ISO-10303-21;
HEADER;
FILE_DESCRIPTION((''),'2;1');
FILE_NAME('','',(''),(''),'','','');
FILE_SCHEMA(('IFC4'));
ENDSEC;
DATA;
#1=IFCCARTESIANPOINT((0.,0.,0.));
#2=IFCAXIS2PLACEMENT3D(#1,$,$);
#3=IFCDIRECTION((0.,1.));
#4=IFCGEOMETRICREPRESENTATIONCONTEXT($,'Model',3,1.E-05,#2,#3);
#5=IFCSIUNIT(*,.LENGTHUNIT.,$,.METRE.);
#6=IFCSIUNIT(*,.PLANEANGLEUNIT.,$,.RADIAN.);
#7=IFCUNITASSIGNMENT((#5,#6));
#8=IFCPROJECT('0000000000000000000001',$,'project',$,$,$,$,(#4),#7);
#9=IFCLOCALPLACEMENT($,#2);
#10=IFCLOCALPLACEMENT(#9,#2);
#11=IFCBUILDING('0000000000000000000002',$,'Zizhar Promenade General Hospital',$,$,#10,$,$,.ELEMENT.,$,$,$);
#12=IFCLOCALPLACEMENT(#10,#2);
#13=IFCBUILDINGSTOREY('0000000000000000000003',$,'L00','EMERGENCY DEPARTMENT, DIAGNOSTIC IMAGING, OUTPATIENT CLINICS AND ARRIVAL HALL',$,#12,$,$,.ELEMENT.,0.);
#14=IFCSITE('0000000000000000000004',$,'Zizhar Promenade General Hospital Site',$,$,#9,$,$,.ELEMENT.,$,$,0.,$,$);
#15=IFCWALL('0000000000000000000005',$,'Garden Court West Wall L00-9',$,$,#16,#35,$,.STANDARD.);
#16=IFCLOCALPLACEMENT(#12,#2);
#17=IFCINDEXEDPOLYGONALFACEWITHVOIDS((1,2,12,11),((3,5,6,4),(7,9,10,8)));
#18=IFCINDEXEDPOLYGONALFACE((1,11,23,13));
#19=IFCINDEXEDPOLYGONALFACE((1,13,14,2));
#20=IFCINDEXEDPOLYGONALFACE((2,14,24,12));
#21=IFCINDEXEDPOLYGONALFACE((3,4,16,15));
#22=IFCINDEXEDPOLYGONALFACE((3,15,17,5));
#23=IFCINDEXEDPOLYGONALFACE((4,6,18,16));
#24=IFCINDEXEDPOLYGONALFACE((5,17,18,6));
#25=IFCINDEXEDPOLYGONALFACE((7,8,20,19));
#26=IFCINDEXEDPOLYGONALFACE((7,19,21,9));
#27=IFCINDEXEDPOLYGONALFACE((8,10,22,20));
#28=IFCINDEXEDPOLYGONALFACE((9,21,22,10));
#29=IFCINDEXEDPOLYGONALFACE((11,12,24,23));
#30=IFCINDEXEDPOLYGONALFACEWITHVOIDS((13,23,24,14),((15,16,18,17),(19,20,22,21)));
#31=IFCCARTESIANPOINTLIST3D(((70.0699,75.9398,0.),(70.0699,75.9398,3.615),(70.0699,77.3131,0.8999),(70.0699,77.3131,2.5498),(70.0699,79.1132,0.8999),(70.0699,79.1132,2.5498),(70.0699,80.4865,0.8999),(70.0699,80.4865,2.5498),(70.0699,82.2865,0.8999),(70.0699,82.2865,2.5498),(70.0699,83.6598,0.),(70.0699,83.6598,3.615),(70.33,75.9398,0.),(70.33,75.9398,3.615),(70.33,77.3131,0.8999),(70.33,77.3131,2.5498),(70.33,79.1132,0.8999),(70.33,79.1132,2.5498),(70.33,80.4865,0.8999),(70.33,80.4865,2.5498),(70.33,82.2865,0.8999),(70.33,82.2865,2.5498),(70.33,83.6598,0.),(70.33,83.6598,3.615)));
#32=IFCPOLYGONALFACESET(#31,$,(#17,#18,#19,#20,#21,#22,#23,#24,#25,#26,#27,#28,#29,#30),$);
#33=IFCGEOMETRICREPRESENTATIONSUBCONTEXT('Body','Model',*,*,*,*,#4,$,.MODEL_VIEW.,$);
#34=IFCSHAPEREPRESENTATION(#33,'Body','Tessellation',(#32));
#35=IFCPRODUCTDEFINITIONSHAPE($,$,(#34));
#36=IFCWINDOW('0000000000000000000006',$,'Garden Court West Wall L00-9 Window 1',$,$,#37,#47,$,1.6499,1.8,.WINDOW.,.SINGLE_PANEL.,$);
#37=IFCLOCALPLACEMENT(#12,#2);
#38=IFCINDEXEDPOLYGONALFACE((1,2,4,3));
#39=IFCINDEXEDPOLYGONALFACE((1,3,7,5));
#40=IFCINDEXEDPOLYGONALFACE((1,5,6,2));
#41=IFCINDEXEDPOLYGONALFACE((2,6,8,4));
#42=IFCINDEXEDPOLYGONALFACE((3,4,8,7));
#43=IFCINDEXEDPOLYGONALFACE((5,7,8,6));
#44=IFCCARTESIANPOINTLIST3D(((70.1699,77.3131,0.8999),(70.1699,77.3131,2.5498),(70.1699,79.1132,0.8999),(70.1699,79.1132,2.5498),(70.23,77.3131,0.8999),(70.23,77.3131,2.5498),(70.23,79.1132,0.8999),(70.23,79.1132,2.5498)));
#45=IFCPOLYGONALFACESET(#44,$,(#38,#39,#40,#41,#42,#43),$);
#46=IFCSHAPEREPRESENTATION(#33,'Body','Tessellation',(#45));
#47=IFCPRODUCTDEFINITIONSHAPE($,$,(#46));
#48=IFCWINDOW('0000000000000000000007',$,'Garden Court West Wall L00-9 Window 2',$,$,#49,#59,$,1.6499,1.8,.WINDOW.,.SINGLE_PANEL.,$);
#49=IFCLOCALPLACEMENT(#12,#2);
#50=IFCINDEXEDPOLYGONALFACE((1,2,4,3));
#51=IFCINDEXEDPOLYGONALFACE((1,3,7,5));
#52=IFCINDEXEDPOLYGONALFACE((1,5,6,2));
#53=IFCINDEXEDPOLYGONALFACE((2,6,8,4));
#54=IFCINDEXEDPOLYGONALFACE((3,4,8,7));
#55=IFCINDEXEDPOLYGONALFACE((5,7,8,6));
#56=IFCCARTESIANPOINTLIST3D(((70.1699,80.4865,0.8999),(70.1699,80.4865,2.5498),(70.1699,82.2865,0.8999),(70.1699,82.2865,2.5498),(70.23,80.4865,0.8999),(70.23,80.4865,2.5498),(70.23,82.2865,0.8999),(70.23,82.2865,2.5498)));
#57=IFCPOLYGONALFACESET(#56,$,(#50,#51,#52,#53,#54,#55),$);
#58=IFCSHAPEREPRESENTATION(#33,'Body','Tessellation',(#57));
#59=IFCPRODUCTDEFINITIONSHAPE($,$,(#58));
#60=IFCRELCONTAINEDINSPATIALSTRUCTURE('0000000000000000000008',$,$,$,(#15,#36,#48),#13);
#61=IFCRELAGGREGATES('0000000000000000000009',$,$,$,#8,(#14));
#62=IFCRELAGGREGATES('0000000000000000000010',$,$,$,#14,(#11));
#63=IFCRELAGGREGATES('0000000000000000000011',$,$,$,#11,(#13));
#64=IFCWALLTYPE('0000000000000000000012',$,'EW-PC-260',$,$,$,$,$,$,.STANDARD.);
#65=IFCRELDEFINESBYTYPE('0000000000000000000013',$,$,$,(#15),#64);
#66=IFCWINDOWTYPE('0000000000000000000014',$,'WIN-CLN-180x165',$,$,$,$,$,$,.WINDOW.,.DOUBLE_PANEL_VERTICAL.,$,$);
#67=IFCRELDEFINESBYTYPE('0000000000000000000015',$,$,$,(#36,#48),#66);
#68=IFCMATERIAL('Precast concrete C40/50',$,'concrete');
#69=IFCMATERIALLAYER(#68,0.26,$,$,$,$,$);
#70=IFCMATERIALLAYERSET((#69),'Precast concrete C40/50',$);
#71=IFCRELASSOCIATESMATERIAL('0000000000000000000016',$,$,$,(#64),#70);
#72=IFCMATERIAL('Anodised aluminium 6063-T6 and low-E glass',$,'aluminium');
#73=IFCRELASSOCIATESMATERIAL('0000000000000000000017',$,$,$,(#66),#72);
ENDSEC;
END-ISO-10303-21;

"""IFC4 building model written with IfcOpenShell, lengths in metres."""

from ifc_helpers import new_model, si_unit, direction, frame, frame_2d, origin, place, context, subcontext, project, spatial, rectangle, extrude, material, layer, layer_set, type_object, element, fill, save


model = new_model("IFC4")

# Units and contexts
model_context = context("Model", 3, precision=1e-05, world=origin(), true_north=direction((0.0, 1.0)))
body_context = subcontext(model_context, "Body", "Model", "MODEL_VIEW")
ifc_project = project(units=[si_unit("LENGTHUNIT", "METRE"), si_unit("PLANEANGLEUNIT", "RADIAN")], contexts=[model_context])

# Site, building, storey
site_placement = place(None, origin())
site = spatial("IfcSite", under=ifc_project, at=site_placement, Name="Zizhar Promenade General Hospital Site", CompositionType="ELEMENT", RefElevation=0.0)
building_placement = place(site_placement, origin())
building = spatial("IfcBuilding", under=site, at=building_placement, Name="Zizhar Promenade General Hospital", CompositionType="ELEMENT")
storey_placement = place(building_placement, origin())
storey = spatial("IfcBuildingStorey", under=building, at=storey_placement, Name="L00", Description="EMERGENCY DEPARTMENT, DIAGNOSTIC IMAGING, OUTPATIENT CLINICS AND ARRIVAL HALL", CompositionType="ELEMENT", Elevation=0.0)

# Wall, openings, windows
ifc_material_1 = material(Name="Precast concrete C40/50", Category="concrete")
ifc_layer = layer(ifc_material_1, 0.26)
ifc_layer_set = layer_set([ifc_layer], Name="Precast concrete C40/50")
wall_type = type_object("IfcWallType", Name="EW-PC-260", PredefinedType="STANDARD", material=ifc_layer_set)
ifc_material_2 = material(Name="Anodised aluminium 6063-T6 and low-E glass", Category="aluminium")
window_type = type_object("IfcWindowType", Name="WIN-CLN-180x165", PartitioningType="DOUBLE_PANEL_VERTICAL", PredefinedType="WINDOW", material=ifc_material_2)
wall_1_placement = place(storey_placement, frame((70.2, 75.9399, 0.0), z_axis=(0.0, 0.0, 1.0), x_axis=(0.0, 1.0, 0.0)))
wall_1 = element("IfcWall", 1, at=wall_1_placement, inside=storey, type_object=wall_type, Name="Garden Court West Wall L00-9", PredefinedType="STANDARD", context=body_context, shape_type="SweptSolid", body=[
    extrude(rectangle(XDim=7.72, YDim=0.26, at=frame_2d((3.8599, 0.0))), origin(), (0.0, 0.0, 1.0), 3.615),
])
opening_1_placement = place(wall_1_placement, frame((1.3733, 0.0, 0.8999)))
opening_1 = element("IfcOpeningElement", 2, at=opening_1_placement, cuts=wall_1, PredefinedType="OPENING", context=body_context, shape_type="SweptSolid", body=[
    extrude(rectangle(XDim=1.8, YDim=1.6499, at=frame_2d((0.8999, 0.825))), frame((0.0, 0.1401, 0.0), z_axis=(0.0, -1.0, 0.0), x_axis=(1.0, 0.0, 0.0)), (0.0, 0.0, 1.0), 0.28),
])
opening_2_placement = place(wall_1_placement, frame((4.5466, 0.0, 0.8999)))
opening_2 = element("IfcOpeningElement", 3, at=opening_2_placement, cuts=wall_1, PredefinedType="OPENING", context=body_context, shape_type="SweptSolid", body=[
    extrude(rectangle(XDim=1.8, YDim=1.6499, at=frame_2d((0.8999, 0.825))), frame((0.0, 0.1401, 0.0), z_axis=(0.0, -1.0, 0.0), x_axis=(1.0, 0.0, 0.0)), (0.0, 0.0, 1.0), 0.28),
])
window_1_placement = place(opening_1_placement, origin())
window_1 = element("IfcWindow", 4, at=window_1_placement, inside=storey, type_object=window_type, Name="Garden Court West Wall L00-9 Window 1", OverallHeight=1.6499, OverallWidth=1.8, PartitioningType="SINGLE_PANEL", PredefinedType="WINDOW", context=body_context, shape_type="SweptSolid", body=[
    extrude(rectangle(XDim=1.8, YDim=1.6499, at=frame_2d((0.8999, 0.825))), frame((0.0, 0.03, 0.0), z_axis=(0.0, -1.0, 0.0), x_axis=(1.0, 0.0, 0.0)), (0.0, 0.0, 1.0), 0.0601),
])
fill(opening_1, window_1)
window_2_placement = place(opening_2_placement, origin())
window_2 = element("IfcWindow", 5, at=window_2_placement, inside=storey, type_object=window_type, Name="Garden Court West Wall L00-9 Window 2", OverallHeight=1.6499, OverallWidth=1.8, PartitioningType="SINGLE_PANEL", PredefinedType="WINDOW", context=body_context, shape_type="SweptSolid", body=[
    extrude(rectangle(XDim=1.8, YDim=1.6499, at=frame_2d((0.8999, 0.825))), frame((0.0, 0.03, 0.0), z_axis=(0.0, -1.0, 0.0), x_axis=(1.0, 0.0, 0.0)), (0.0, 0.0, 1.0), 0.0601),
])
fill(opening_2, window_2)

save(model, "model.ifc")
